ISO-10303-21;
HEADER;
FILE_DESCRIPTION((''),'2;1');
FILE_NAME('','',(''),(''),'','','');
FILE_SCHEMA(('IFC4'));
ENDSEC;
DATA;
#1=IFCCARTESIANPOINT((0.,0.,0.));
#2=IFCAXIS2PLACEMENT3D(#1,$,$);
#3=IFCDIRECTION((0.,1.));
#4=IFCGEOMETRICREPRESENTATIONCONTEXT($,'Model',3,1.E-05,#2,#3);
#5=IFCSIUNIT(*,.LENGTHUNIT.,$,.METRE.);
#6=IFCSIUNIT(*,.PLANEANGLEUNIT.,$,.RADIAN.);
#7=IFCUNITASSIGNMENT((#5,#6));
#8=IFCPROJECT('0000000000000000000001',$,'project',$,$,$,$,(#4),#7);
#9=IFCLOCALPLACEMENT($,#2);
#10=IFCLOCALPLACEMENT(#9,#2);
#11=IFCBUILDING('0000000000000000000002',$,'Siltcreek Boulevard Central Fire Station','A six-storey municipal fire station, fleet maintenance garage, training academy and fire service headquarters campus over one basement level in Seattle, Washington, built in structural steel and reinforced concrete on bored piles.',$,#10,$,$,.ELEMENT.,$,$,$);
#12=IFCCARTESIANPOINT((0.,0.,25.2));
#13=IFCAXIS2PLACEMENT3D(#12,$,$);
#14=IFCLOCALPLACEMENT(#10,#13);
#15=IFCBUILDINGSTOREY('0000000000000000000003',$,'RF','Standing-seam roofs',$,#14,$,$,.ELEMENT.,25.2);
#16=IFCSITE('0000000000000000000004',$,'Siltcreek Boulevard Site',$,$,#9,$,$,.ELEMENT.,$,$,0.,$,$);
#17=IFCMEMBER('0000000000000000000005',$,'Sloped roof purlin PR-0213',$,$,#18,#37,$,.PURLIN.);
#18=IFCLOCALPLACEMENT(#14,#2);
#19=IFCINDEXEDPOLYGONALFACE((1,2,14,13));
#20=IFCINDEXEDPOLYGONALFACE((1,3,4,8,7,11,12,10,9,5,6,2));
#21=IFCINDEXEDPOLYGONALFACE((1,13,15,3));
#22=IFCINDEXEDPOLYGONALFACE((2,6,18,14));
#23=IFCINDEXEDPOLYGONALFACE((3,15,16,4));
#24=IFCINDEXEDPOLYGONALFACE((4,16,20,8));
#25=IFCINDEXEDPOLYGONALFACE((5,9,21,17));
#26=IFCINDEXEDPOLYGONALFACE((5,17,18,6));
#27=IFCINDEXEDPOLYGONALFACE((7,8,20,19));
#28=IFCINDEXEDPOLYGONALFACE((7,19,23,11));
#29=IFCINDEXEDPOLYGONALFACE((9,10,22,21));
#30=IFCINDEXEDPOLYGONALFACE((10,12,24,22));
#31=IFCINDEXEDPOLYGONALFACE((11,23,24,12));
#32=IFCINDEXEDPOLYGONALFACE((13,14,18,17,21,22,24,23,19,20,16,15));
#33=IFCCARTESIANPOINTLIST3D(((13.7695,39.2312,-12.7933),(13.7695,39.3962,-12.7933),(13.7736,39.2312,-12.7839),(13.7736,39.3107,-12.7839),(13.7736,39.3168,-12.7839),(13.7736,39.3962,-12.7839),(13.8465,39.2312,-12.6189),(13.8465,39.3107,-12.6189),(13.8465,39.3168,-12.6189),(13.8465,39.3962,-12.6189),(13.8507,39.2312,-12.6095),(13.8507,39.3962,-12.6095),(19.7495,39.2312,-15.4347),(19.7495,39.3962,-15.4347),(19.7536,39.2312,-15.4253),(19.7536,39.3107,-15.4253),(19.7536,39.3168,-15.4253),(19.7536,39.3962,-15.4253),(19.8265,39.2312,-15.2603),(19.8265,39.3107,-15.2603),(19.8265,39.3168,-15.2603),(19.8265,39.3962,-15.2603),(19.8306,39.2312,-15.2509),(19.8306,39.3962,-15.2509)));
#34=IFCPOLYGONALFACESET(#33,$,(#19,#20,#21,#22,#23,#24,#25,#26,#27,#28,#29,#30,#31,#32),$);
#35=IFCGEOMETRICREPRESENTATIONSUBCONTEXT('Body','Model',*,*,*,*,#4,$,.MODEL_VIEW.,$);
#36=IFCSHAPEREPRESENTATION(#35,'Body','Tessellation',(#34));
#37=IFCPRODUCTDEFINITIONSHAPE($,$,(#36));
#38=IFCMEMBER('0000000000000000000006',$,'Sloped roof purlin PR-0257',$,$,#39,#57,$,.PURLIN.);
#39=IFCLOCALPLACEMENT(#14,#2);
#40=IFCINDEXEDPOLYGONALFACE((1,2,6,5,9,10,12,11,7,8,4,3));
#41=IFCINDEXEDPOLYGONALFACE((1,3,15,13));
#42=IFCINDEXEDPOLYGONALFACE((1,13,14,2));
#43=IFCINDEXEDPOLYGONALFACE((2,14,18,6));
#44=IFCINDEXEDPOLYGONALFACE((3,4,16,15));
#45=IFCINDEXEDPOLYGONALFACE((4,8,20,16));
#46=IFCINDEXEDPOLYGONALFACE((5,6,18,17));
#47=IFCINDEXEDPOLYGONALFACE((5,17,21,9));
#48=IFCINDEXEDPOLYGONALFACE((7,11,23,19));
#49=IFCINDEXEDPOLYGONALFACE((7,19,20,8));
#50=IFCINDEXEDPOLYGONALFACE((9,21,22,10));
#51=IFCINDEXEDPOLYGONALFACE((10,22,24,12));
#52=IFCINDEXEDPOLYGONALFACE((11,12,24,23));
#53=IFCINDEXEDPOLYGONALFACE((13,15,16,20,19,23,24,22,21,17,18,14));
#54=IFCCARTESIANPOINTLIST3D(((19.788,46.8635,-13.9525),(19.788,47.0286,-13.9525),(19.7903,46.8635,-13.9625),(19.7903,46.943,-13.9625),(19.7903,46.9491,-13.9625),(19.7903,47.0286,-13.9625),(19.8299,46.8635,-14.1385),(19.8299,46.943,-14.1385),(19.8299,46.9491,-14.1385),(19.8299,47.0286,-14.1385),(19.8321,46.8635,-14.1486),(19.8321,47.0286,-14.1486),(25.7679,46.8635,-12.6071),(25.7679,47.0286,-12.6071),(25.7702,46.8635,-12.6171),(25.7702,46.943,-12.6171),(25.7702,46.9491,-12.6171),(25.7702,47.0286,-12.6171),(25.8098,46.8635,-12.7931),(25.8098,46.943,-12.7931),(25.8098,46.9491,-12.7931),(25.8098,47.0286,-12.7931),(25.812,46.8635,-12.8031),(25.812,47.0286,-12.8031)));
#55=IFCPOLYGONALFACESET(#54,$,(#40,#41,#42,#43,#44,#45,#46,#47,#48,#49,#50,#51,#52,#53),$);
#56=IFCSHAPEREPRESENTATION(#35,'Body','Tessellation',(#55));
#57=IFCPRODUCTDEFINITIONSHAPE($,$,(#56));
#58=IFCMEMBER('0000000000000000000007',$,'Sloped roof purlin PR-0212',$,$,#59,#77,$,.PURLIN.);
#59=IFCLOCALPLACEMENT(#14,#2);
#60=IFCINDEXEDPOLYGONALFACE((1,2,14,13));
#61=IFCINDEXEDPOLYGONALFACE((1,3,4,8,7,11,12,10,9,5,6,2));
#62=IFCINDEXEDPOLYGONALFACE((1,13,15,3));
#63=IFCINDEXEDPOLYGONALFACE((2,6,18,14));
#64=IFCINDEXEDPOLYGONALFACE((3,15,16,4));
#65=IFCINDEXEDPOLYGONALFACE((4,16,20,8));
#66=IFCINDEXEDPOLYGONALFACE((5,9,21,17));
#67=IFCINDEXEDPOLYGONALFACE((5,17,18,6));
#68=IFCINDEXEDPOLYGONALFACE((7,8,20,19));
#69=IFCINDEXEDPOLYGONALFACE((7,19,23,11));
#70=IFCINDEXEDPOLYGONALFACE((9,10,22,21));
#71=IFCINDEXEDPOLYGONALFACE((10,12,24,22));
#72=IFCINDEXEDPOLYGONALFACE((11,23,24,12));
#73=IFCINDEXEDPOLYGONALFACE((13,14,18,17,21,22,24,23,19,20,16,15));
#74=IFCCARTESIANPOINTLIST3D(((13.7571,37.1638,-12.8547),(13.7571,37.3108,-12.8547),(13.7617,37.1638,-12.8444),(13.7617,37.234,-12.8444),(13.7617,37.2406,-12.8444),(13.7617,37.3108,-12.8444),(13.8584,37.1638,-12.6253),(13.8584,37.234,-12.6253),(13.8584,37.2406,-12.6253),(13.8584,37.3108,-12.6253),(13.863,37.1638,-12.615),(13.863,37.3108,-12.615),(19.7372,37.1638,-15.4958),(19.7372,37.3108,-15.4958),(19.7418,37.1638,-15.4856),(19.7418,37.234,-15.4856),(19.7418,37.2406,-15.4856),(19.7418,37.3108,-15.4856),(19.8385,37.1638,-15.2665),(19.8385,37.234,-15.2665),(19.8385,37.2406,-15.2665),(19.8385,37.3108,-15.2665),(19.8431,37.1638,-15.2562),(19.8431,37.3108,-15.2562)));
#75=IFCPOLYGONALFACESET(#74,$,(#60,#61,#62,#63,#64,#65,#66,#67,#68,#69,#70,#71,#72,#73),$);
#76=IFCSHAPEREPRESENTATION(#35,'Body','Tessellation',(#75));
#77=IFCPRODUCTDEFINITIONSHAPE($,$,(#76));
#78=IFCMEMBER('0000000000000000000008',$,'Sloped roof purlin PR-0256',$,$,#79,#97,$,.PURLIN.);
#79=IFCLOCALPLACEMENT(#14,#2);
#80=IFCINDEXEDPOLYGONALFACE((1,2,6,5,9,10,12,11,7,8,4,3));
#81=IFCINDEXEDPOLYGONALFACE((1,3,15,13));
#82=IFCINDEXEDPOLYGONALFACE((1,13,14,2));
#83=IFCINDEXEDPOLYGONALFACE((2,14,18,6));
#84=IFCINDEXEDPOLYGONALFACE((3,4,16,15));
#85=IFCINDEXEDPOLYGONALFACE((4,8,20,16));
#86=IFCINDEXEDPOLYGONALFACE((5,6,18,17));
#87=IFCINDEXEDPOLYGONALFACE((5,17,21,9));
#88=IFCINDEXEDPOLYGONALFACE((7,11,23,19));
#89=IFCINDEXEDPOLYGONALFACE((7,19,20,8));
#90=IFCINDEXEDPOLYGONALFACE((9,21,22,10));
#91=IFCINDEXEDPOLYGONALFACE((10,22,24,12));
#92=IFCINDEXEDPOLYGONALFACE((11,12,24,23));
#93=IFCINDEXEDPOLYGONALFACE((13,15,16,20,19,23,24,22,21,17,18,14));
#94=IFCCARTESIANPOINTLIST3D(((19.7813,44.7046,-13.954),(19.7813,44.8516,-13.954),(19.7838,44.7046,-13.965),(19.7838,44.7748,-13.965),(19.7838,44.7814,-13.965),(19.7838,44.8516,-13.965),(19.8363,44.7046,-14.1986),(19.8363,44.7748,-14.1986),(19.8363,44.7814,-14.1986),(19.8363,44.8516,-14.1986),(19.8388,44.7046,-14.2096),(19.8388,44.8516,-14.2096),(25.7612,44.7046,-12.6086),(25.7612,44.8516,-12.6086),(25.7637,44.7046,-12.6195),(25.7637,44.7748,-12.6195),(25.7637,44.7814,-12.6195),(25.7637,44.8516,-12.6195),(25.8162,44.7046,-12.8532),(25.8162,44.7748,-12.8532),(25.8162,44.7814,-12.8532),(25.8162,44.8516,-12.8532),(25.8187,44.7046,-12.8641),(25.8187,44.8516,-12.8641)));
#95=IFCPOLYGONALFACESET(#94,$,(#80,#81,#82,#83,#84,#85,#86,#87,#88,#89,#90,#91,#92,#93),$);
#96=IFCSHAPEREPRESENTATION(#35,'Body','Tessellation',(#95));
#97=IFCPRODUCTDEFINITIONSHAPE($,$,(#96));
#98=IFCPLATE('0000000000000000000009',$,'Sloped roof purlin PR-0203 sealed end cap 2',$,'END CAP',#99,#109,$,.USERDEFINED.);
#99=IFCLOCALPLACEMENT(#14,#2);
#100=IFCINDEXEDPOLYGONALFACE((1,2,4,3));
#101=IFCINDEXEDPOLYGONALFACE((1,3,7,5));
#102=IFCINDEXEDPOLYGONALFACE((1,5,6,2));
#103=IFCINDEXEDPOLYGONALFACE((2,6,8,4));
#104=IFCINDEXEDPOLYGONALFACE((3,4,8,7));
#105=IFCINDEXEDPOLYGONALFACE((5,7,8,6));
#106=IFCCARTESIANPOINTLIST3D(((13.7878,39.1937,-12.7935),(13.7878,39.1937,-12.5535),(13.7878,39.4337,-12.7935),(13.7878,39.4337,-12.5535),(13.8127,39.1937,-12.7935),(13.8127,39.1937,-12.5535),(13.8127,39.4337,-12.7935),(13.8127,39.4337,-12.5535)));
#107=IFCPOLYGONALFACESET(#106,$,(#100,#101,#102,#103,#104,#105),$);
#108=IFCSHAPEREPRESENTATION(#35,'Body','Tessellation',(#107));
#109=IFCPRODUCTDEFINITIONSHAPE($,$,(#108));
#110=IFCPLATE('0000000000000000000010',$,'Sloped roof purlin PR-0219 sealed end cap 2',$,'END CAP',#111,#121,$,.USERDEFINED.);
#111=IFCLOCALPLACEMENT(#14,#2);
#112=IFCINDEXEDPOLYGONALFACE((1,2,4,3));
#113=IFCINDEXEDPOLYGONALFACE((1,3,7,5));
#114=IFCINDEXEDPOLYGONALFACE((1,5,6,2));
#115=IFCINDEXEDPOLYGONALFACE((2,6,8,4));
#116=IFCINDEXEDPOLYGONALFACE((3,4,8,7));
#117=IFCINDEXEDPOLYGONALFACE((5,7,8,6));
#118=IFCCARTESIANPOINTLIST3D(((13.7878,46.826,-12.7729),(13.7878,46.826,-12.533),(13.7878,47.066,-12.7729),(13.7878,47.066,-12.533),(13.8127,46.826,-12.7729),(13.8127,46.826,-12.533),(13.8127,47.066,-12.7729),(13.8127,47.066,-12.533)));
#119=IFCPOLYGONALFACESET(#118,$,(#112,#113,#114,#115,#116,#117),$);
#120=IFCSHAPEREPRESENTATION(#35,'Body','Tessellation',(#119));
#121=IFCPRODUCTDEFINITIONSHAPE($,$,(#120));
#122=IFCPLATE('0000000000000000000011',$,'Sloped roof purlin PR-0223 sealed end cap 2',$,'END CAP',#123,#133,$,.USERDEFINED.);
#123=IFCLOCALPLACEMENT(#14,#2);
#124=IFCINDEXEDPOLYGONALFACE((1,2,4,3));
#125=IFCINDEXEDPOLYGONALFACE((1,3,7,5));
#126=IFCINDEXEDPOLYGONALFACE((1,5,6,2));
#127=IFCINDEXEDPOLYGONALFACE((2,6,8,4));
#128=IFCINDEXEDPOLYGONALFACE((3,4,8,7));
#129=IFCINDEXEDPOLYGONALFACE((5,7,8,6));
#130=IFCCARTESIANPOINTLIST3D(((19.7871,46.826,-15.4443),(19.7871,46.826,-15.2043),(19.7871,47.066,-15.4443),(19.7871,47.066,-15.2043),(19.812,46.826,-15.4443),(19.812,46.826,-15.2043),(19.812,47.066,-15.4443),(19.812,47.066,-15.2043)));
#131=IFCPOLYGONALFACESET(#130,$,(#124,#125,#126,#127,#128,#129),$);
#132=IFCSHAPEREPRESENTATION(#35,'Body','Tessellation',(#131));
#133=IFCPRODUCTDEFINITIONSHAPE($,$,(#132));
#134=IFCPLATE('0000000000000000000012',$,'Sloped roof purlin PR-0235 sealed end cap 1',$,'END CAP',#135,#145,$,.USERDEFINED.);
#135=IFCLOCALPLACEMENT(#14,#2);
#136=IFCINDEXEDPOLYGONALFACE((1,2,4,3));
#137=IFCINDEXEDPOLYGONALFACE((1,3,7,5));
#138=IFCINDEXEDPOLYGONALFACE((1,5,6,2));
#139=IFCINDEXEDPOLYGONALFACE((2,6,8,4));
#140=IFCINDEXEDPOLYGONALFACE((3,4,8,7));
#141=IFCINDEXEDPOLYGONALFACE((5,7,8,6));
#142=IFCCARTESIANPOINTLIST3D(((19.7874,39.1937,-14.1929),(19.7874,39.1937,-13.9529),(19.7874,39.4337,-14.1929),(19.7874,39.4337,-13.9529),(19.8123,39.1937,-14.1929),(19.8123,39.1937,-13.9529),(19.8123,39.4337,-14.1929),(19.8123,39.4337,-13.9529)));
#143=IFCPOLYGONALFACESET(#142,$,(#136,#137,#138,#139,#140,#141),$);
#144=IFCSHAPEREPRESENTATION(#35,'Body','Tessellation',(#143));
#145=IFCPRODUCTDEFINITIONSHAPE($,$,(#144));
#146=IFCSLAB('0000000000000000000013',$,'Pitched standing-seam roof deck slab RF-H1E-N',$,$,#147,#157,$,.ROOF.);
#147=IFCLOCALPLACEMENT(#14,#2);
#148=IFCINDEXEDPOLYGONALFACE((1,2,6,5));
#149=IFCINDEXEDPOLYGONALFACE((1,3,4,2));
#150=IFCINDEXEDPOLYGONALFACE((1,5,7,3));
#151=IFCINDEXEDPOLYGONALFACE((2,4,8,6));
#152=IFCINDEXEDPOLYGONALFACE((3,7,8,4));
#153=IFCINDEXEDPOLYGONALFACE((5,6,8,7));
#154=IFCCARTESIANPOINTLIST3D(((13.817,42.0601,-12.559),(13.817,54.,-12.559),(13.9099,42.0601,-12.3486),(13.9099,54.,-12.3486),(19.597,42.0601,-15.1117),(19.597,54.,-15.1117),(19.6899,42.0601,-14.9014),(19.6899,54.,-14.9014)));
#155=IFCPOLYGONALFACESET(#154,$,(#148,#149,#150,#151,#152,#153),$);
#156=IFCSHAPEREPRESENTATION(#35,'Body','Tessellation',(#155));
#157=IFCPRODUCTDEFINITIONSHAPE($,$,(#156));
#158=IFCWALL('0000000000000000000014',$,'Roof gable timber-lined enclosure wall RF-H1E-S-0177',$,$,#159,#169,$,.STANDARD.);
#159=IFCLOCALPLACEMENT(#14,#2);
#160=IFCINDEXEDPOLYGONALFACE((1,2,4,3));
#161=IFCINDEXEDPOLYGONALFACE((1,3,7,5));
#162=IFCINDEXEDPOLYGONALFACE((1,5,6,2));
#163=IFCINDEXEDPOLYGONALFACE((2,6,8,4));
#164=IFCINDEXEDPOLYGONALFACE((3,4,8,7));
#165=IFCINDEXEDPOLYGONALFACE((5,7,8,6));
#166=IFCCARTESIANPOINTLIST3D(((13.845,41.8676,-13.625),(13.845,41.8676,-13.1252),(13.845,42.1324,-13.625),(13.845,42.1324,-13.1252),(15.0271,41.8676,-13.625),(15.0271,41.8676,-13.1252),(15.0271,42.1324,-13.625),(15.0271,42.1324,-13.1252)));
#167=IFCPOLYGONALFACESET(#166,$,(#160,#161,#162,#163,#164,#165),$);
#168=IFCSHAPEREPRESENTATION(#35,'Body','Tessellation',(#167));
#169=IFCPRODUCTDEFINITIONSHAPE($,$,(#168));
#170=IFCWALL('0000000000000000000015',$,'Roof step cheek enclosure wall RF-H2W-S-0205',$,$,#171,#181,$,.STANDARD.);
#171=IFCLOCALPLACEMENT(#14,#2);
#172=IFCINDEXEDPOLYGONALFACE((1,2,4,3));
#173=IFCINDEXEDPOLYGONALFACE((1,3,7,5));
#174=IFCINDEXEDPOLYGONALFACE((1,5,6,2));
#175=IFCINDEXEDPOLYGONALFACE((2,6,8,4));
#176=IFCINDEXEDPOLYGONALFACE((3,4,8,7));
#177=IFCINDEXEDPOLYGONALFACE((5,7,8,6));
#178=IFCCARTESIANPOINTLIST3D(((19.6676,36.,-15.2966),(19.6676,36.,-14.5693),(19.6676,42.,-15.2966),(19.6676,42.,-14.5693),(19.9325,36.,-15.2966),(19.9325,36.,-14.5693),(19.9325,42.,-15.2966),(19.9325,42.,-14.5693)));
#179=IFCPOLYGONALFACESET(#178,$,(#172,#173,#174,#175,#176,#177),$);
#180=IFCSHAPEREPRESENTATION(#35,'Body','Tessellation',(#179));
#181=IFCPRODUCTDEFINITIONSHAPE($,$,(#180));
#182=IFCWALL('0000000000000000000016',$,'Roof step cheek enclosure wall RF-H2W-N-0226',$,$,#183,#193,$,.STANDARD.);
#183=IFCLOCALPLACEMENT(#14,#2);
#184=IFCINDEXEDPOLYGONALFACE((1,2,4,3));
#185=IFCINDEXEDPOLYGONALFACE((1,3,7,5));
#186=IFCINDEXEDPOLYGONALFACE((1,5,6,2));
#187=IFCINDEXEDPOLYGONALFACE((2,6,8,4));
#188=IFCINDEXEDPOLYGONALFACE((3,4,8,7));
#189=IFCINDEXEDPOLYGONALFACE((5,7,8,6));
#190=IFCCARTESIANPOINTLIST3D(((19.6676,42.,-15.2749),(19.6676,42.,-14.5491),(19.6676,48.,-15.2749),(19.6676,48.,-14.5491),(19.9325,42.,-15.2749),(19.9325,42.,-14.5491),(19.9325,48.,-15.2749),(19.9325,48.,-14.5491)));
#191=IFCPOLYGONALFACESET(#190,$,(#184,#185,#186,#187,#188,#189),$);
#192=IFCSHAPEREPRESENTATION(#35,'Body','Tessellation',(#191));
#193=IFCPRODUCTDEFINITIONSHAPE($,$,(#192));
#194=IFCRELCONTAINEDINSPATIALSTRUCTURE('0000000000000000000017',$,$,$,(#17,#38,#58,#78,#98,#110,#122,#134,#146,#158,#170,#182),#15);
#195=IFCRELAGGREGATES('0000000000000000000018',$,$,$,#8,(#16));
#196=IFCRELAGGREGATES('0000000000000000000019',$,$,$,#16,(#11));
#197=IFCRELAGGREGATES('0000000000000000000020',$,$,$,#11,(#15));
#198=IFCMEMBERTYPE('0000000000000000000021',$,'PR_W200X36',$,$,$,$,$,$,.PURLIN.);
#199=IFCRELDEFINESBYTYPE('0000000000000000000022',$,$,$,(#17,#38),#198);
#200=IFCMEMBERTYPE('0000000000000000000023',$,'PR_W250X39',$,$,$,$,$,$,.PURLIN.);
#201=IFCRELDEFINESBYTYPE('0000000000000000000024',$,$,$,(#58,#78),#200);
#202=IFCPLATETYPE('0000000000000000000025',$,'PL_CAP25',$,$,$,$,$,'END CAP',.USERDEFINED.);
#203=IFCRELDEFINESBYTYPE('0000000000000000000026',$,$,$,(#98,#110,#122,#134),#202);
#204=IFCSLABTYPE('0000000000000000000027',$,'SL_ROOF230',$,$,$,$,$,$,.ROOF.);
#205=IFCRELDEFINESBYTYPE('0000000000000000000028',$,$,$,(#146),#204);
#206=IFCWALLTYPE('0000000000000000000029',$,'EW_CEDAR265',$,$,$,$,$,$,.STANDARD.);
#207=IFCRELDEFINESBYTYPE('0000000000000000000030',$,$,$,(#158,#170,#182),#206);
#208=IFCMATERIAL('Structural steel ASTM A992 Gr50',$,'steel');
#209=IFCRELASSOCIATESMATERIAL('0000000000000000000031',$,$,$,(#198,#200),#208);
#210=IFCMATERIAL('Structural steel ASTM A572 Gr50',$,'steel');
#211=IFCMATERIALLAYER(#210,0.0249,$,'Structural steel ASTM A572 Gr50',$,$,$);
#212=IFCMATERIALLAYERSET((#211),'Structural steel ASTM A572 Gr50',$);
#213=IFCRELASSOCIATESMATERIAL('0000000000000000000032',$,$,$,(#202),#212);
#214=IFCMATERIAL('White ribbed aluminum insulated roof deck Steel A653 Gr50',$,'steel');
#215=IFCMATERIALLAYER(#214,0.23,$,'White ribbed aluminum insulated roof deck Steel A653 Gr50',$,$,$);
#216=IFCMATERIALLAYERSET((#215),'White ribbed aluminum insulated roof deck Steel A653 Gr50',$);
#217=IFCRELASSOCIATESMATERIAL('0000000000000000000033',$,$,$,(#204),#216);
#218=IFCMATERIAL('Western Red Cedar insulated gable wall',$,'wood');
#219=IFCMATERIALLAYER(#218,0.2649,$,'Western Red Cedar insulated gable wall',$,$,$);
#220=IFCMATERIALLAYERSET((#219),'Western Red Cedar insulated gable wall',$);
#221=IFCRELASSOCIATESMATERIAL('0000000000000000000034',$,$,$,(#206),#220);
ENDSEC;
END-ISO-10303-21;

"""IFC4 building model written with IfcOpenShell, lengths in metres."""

from ifc_helpers import new_model, si_unit, direction, frame, frame_2d, origin, origin_2d, place, context, subcontext, project, spatial, polyline, rectangle, i_section, outline, extrude, material, layer, layer_set, material_profile, profile_set, type_object, element, save


model = new_model("IFC4")

# Units and contexts
model_context = context("Model", 3, precision=1e-05, world=origin(), true_north=direction((0.0, 1.0)))
body_context = subcontext(model_context, "Body", "Model", "MODEL_VIEW")
ifc_project = project(units=[si_unit("LENGTHUNIT", "METRE"), si_unit("PLANEANGLEUNIT", "RADIAN")], contexts=[model_context])

# Site, building, storey
site_placement = place(None, origin())
site = spatial("IfcSite", under=ifc_project, at=site_placement, Name="Siltcreek Boulevard Site", CompositionType="ELEMENT", RefElevation=0.0)
building_placement = place(site_placement, origin())
building = spatial("IfcBuilding", under=site, at=building_placement, Name="Siltcreek Boulevard Central Fire Station", Description="A six-storey municipal fire station, fleet maintenance garage, training academy and fire service headquarters campus over one basement level in Seattle, Washington, built in structural steel and reinforced concrete on bored piles.", CompositionType="ELEMENT")
storey_placement = place(building_placement, frame((0.0, 0.0, 25.2)))
storey = spatial("IfcBuildingStorey", under=building, at=storey_placement, Name="RF", Description="Standing-seam roofs", CompositionType="ELEMENT", Elevation=25.2)

# Shared definitions
ifc_material_1 = material(Name="Structural steel ASTM A992 Gr50", Category="steel")

# Members
ifc_material_profile_1 = material_profile(ifc_material_1, i_section(OverallWidth=0.165, OverallDepth=0.2009, WebThickness=0.0061, FlangeThickness=0.0103, at=origin_2d()), Name="W200X36")
ifc_profile_set_1 = profile_set([ifc_material_profile_1], Name="Structural steel ASTM A992 Gr50")
member_type_1 = type_object("IfcMemberType", Name="PR_W200X36", PredefinedType="PURLIN", material=ifc_profile_set_1)
member_1_placement = place(storey_placement, frame((13.8101, 39.3137, -12.7014), z_axis=(0.914741, 0.0, -0.404041), x_axis=(0.0, 1.0, 0.0)))
element("IfcMember", 1, at=member_1_placement, inside=storey, type_object=member_type_1, Name="Sloped roof purlin PR-0213", PredefinedType="PURLIN", context=body_context, shape_type="SweptSolid", body=[
    extrude(i_section(OverallWidth=0.165, OverallDepth=0.2009, WebThickness=0.0061, FlangeThickness=0.0103, at=origin_2d()), origin(), (0.0, 0.0, 1.0), 6.5374),
])
member_2_placement = place(storey_placement, frame((19.8101, 46.946, -14.0505), z_axis=(0.975611, 0.0, 0.219507), x_axis=(0.0, 1.0, 0.0)))
element("IfcMember", 2, at=member_2_placement, inside=storey, type_object=member_type_1, Name="Sloped roof purlin PR-0257", PredefinedType="PURLIN", context=body_context, shape_type="SweptSolid", body=[
    extrude(i_section(OverallWidth=0.165, OverallDepth=0.2009, WebThickness=0.0061, FlangeThickness=0.0103, at=origin_2d()), origin(), (0.0, 0.0, 1.0), 6.1294),
])
ifc_material_profile_2 = material_profile(ifc_material_1, i_section(OverallWidth=0.147, OverallDepth=0.262, WebThickness=0.0066, FlangeThickness=0.0112, at=origin_2d()), Name="W250X39")
ifc_profile_set_2 = profile_set([ifc_material_profile_2], Name="Structural steel ASTM A992 Gr50")
member_type_2 = type_object("IfcMemberType", Name="PR_W250X39", PredefinedType="PURLIN", material=ifc_profile_set_2)
member_3_placement = place(storey_placement, frame((13.8101, 37.2373, -12.7349), z_axis=(0.914755, 0.0, -0.40401), x_axis=(0.0, 1.0, 0.0)))
element("IfcMember", 3, at=member_3_placement, inside=storey, type_object=member_type_2, Name="Sloped roof purlin PR-0212", PredefinedType="PURLIN", context=body_context, shape_type="SweptSolid", body=[
    extrude(i_section(OverallWidth=0.147, OverallDepth=0.262, WebThickness=0.0066, FlangeThickness=0.0112, at=origin_2d()), origin(), (0.0, 0.0, 1.0), 6.5374),
])
member_4_placement = place(storey_placement, frame((19.8101, 44.7781, -14.0818), z_axis=(0.975611, 0.0, 0.219507), x_axis=(0.0, 1.0, 0.0)))
element("IfcMember", 4, at=member_4_placement, inside=storey, type_object=member_type_2, Name="Sloped roof purlin PR-0256", PredefinedType="PURLIN", context=body_context, shape_type="SweptSolid", body=[
    extrude(i_section(OverallWidth=0.147, OverallDepth=0.262, WebThickness=0.0066, FlangeThickness=0.0112, at=origin_2d()), origin(), (0.0, 0.0, 1.0), 6.1294),
])

# Plates
ifc_material_2 = material(Name="Structural steel ASTM A572 Gr50", Category="steel")
ifc_layer_1 = layer(ifc_material_2, 0.0249, Name="Structural steel ASTM A572 Gr50")
ifc_layer_set_1 = layer_set([ifc_layer_1], Name="Structural steel ASTM A572 Gr50")
plate_type = type_object("IfcPlateType", Name="PL_CAP25", ElementType="END CAP", PredefinedType="USERDEFINED", material=ifc_layer_set_1)
for number, where, z_axis, x_axis, name in (
    (5, (13.8003, 39.3137, -12.7935), (0.0, 0.0, 1.0), (1.0, 0.0, 0.0), "Sloped roof purlin PR-0203 sealed end cap 2"),
    (6, (13.8003, 46.946, -12.7729), (0.0, 0.0, 1.0), (1.0, 0.0, 0.0), "Sloped roof purlin PR-0219 sealed end cap 2"),
    (7, (19.7996, 46.946, -15.4443), (0.0, 0.0, 1.0), (1.0, 0.0, 0.0), "Sloped roof purlin PR-0223 sealed end cap 2"),
    (8, (19.7998, 39.3137, -14.1929), (0.0, 0.0, 1.0), (1.0, 0.0, 0.0), "Sloped roof purlin PR-0235 sealed end cap 1"),
):
    element("IfcPlate", number, at=place(storey_placement, frame(where, z_axis=z_axis, x_axis=x_axis)), inside=storey, type_object=plate_type, Name=name, ObjectType="END CAP", PredefinedType="USERDEFINED", context=body_context, shape_type="SweptSolid", body=[
        extrude(rectangle(XDim=0.0249, YDim=0.24, at=origin_2d()), origin(), (0.0, 0.0, 1.0), 0.24),
    ])

# Slab
ifc_material_3 = material(Name="White ribbed aluminum insulated roof deck Steel A653 Gr50", Category="steel")
ifc_layer_2 = layer(ifc_material_3, 0.23, Name="White ribbed aluminum insulated roof deck Steel A653 Gr50")
ifc_layer_set_2 = layer_set([ifc_layer_2], Name="White ribbed aluminum insulated roof deck Steel A653 Gr50")
slab_type = type_object("IfcSlabType", Name="SL_ROOF230", PredefinedType="ROOF", material=ifc_layer_set_2)
slab_placement = place(storey_placement, frame((13.9099, 42.0601, -12.3486), z_axis=(0.404001, 0.0, 0.914759), x_axis=(0.914759, 0.0, -0.404001)))
element("IfcSlab", 9, at=slab_placement, inside=storey, type_object=slab_type, Name="Pitched standing-seam roof deck slab RF-H1E-N", PredefinedType="ROOF", context=body_context, shape_type="SweptSolid", body=[
    extrude(outline(polyline([(0.0, 0.0), (6.3186, 0.0), (6.3186, 11.9399), (0.0, 11.9399), (0.0, 0.0)])), origin(), (0.0, 0.0, -1.0), 0.23),
])

# Walls
ifc_material_4 = material(Name="Western Red Cedar insulated gable wall", Category="wood")
ifc_layer_3 = layer(ifc_material_4, 0.2649, Name="Western Red Cedar insulated gable wall")
ifc_layer_set_3 = layer_set([ifc_layer_3], Name="Western Red Cedar insulated gable wall")
wall_type = type_object("IfcWallType", Name="EW_CEDAR265", PredefinedType="STANDARD", material=ifc_layer_set_3)
wall_1_placement = place(storey_placement, frame((15.0271, 42.0, -13.625), z_axis=(0.0, 0.0, 1.0), x_axis=(-1.0, 0.0, 0.0)))
element("IfcWall", 10, at=wall_1_placement, inside=storey, type_object=wall_type, Name="Roof gable timber-lined enclosure wall RF-H1E-S-0177", PredefinedType="STANDARD", context=body_context, shape_type="SweptSolid", body=[
    extrude(rectangle(XDim=1.1821, YDim=0.2649, at=frame_2d((0.5911, 0.0))), origin(), (0.0, 0.0, 1.0), 0.4998),
])
wall_2_placement = place(storey_placement, frame((19.8, 42.0, -15.2966), z_axis=(0.0, 0.0, 1.0), x_axis=(0.0, -1.0, 0.0)))
element("IfcWall", 11, at=wall_2_placement, inside=storey, type_object=wall_type, Name="Roof step cheek enclosure wall RF-H2W-S-0205", PredefinedType="STANDARD", context=body_context, shape_type="SweptSolid", body=[
    extrude(rectangle(XDim=6.0, YDim=0.2649, at=frame_2d((3.0, 0.0))), origin(), (0.0, 0.0, 1.0), 0.7273),
])
wall_3_placement = place(storey_placement, frame((19.8, 48.0, -15.2749), z_axis=(0.0, 0.0, 1.0), x_axis=(0.0, -1.0, 0.0)))
element("IfcWall", 12, at=wall_3_placement, inside=storey, type_object=wall_type, Name="Roof step cheek enclosure wall RF-H2W-N-0226", PredefinedType="STANDARD", context=body_context, shape_type="SweptSolid", body=[
    extrude(rectangle(XDim=6.0, YDim=0.2649, at=frame_2d((3.0, 0.0))), origin(), (0.0, 0.0, 1.0), 0.7258),
])

save(model, "model.ifc")
